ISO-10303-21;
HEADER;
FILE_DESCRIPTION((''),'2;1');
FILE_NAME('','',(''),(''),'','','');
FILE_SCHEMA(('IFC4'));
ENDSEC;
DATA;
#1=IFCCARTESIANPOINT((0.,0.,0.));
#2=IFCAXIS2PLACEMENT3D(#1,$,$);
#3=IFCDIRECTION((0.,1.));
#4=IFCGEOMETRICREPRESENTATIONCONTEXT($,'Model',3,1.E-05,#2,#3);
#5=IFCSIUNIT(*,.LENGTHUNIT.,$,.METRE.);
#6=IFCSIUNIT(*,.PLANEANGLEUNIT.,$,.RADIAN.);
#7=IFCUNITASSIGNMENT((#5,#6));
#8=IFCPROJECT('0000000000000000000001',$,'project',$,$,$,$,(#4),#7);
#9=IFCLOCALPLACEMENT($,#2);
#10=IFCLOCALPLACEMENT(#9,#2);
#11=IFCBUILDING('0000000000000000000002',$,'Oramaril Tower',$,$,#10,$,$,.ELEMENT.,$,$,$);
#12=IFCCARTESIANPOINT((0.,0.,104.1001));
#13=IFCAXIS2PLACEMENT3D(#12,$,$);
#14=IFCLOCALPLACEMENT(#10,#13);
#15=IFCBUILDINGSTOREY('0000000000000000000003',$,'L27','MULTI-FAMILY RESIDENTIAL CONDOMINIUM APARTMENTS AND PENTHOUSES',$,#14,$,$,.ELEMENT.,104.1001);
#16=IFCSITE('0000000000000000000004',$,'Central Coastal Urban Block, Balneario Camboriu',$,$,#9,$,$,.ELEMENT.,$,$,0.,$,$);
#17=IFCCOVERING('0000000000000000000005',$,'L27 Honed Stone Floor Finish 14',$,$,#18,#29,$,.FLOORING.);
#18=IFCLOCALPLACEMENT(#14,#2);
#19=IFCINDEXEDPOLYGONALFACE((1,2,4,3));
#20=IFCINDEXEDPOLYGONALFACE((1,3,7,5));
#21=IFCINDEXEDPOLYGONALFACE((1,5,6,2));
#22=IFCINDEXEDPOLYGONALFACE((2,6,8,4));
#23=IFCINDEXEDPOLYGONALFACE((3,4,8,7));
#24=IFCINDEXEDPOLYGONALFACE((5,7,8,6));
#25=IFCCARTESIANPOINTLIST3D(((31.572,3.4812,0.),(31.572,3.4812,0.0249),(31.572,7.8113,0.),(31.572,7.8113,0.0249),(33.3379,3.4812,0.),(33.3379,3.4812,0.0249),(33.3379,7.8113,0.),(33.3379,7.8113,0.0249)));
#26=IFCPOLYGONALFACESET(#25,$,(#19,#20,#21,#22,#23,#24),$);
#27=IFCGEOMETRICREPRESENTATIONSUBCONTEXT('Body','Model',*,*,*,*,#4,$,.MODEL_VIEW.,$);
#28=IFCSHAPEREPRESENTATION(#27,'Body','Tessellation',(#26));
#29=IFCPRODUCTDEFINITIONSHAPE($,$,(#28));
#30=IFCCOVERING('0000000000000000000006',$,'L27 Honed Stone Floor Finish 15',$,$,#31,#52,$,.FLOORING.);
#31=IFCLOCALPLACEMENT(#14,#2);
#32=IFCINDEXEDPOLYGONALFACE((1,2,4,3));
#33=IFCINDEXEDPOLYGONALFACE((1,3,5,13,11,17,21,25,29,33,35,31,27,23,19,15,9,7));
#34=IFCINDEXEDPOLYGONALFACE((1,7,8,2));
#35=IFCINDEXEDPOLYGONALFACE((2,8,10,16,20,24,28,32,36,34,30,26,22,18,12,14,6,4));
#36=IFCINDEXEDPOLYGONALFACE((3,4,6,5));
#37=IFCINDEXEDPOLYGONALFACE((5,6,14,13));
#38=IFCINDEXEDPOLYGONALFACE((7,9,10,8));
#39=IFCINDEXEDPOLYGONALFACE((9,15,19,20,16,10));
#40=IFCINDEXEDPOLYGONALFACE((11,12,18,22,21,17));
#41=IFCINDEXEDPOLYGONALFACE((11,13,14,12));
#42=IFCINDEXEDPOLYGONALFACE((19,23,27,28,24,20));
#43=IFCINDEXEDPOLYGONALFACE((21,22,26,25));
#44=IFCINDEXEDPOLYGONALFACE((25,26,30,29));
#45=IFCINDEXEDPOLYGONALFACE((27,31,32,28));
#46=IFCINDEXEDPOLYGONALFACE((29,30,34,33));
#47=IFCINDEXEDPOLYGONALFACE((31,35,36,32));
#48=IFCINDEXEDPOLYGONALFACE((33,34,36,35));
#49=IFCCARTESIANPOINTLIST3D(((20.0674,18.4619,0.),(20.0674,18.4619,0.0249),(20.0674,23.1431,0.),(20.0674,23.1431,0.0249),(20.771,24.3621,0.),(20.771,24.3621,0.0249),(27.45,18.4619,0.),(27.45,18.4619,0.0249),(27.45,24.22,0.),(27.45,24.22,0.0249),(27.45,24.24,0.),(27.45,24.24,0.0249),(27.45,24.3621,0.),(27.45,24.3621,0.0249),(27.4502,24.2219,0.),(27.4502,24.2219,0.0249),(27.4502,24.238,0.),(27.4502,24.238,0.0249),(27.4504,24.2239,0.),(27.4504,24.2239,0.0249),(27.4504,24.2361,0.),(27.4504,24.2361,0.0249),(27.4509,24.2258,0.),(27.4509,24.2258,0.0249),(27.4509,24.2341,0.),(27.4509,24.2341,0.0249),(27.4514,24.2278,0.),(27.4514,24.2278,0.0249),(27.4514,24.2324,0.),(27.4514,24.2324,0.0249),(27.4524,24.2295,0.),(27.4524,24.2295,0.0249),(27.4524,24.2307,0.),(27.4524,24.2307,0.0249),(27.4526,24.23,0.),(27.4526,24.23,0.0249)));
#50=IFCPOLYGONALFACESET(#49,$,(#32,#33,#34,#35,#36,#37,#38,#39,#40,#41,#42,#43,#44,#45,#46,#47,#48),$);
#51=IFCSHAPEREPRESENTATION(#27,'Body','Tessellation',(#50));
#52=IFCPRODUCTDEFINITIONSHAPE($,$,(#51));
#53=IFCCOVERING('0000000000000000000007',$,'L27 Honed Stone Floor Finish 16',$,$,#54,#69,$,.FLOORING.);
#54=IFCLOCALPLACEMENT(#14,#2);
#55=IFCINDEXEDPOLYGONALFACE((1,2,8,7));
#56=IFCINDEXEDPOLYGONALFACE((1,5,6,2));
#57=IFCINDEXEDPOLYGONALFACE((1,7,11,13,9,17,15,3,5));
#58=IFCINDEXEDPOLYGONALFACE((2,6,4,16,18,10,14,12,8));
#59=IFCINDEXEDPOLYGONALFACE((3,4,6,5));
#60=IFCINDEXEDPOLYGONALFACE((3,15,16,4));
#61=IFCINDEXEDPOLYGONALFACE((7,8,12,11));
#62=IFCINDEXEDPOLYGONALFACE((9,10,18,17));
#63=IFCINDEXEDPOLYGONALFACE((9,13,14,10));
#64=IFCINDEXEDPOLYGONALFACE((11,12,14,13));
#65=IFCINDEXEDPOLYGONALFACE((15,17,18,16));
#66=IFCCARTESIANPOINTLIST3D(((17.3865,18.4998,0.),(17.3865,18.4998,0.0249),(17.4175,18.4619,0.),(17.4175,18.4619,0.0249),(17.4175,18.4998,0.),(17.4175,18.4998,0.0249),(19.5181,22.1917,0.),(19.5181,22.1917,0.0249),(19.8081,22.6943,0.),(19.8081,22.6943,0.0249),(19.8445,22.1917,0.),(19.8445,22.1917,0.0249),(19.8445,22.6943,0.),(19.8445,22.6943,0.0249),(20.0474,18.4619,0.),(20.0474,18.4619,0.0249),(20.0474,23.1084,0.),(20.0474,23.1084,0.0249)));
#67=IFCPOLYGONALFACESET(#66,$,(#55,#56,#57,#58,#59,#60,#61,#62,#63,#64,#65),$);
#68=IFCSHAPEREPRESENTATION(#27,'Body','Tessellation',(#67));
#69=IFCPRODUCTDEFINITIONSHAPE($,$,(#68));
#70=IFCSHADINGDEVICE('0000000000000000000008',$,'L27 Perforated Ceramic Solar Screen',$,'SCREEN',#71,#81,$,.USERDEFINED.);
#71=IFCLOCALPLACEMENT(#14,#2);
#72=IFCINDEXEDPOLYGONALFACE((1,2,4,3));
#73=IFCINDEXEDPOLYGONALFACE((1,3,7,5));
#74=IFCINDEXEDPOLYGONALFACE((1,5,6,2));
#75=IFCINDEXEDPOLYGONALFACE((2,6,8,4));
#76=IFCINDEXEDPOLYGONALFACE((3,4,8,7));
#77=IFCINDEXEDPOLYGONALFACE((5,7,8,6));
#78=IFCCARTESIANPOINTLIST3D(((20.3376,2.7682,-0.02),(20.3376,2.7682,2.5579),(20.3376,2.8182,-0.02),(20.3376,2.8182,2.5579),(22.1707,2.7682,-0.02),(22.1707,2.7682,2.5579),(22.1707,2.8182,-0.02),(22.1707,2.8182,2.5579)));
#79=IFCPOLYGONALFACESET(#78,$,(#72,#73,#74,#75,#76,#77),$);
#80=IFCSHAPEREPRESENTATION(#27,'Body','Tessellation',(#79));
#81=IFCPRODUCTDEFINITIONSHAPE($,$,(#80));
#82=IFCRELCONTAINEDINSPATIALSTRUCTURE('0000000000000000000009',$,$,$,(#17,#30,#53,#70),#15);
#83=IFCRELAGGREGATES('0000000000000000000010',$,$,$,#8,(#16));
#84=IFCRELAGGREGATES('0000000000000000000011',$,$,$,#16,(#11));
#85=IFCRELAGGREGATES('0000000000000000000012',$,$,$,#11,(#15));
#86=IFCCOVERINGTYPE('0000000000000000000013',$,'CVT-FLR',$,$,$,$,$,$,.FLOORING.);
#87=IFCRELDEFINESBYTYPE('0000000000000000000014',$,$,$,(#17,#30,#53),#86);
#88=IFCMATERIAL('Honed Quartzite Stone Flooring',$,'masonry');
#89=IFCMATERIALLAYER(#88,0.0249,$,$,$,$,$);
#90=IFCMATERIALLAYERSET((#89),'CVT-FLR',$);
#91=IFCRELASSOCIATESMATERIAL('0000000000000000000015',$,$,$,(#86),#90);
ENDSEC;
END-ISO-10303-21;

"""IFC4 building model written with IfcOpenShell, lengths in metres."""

from ifc_helpers import new_model, si_unit, direction, frame, origin, origin_2d, place, context, subcontext, project, spatial, polyline, rectangle, outline, extrude, material, layer, layer_set, type_object, element, save


model = new_model("IFC4")

# Units and contexts
model_context = context("Model", 3, precision=1e-05, world=origin(), true_north=direction((0.0, 1.0)))
body_context = subcontext(model_context, "Body", "Model", "MODEL_VIEW")
ifc_project = project(units=[si_unit("LENGTHUNIT", "METRE"), si_unit("PLANEANGLEUNIT", "RADIAN")], contexts=[model_context])

# Site, building, storey
site_placement = place(None, origin())
site = spatial("IfcSite", under=ifc_project, at=site_placement, Name="Central Coastal Urban Block, Balneario Camboriu", CompositionType="ELEMENT", RefElevation=0.0)
building_placement = place(site_placement, origin())
building = spatial("IfcBuilding", under=site, at=building_placement, Name="Oramaril Tower", CompositionType="ELEMENT")
storey_placement = place(building_placement, frame((0.0, 0.0, 104.1001)))
storey = spatial("IfcBuildingStorey", under=building, at=storey_placement, Name="L27", Description="MULTI-FAMILY RESIDENTIAL CONDOMINIUM APARTMENTS AND PENTHOUSES", CompositionType="ELEMENT", Elevation=104.1001)

# Coverings
ifc_material_1 = material(Name="Honed Quartzite Stone Flooring", Category="masonry")
ifc_layer_1 = layer(ifc_material_1, 0.0249)
ifc_layer_set_1 = layer_set([ifc_layer_1], Name="CVT-FLR")
covering_type_1 = type_object("IfcCoveringType", Name="CVT-FLR", PredefinedType="FLOORING", material=ifc_layer_set_1)
covering_1_placement = place(storey_placement, origin())
element("IfcCovering", 1, at=covering_1_placement, inside=storey, type_object=covering_type_1, Name="L27 Honed Stone Floor Finish 14", PredefinedType="FLOORING", context=body_context, shape_type="SweptSolid", body=[
    extrude(outline(polyline([(31.572, 3.4812), (31.572, 7.8113), (33.3379, 7.8113), (33.3379, 3.4812), (31.572, 3.4812)])), origin(), (0.0, 0.0, 1.0), 0.0249),
])
covering_2_placement = place(storey_placement, origin())
element("IfcCovering", 2, at=covering_2_placement, inside=storey, type_object=covering_type_1, Name="L27 Honed Stone Floor Finish 15", PredefinedType="FLOORING", context=body_context, shape_type="SweptSolid", body=[
    extrude(outline(polyline([(20.771, 24.3621), (27.45, 24.3621), (27.45, 24.24), (27.4502, 24.238), (27.4504, 24.2361), (27.4509, 24.2341), (27.4514, 24.2324), (27.4524, 24.2307), (27.4526, 24.23), (27.4524, 24.2295), (27.4514, 24.2278), (27.4509, 24.2258), (27.4504, 24.2239), (27.4502, 24.2219), (27.45, 24.22), (27.45, 18.4619), (20.0674, 18.4619), (20.0674, 23.1431), (20.771, 24.3621)])), origin(), (0.0, 0.0, 1.0), 0.0249),
])
covering_3_placement = place(storey_placement, origin())
element("IfcCovering", 3, at=covering_3_placement, inside=storey, type_object=covering_type_1, Name="L27 Honed Stone Floor Finish 16", PredefinedType="FLOORING", context=body_context, shape_type="SweptSolid", body=[
    extrude(outline(polyline([(19.8445, 22.1917), (19.8445, 22.6943), (19.8081, 22.6943), (20.0474, 23.1084), (20.0474, 18.4619), (17.4175, 18.4619), (17.4175, 18.4998), (17.3865, 18.4998), (19.5181, 22.1917), (19.8445, 22.1917)])), origin(), (0.0, 0.0, 1.0), 0.0249),
])

# Shading device
shading_device_placement = place(storey_placement, frame((21.2542, 2.7932, -0.02), z_axis=(0.0, 0.0, 1.0), x_axis=(1.0, 0.0, 0.0)))
element("IfcShadingDevice", 4, at=shading_device_placement, inside=storey, Name="L27 Perforated Ceramic Solar Screen", ObjectType="SCREEN", PredefinedType="USERDEFINED", context=body_context, shape_type="SweptSolid", body=[
    extrude(rectangle(XDim=1.833, YDim=0.05, at=origin_2d()), origin(), (0.0, 0.0, 1.0), 2.5779),
])

save(model, "model.ifc")
